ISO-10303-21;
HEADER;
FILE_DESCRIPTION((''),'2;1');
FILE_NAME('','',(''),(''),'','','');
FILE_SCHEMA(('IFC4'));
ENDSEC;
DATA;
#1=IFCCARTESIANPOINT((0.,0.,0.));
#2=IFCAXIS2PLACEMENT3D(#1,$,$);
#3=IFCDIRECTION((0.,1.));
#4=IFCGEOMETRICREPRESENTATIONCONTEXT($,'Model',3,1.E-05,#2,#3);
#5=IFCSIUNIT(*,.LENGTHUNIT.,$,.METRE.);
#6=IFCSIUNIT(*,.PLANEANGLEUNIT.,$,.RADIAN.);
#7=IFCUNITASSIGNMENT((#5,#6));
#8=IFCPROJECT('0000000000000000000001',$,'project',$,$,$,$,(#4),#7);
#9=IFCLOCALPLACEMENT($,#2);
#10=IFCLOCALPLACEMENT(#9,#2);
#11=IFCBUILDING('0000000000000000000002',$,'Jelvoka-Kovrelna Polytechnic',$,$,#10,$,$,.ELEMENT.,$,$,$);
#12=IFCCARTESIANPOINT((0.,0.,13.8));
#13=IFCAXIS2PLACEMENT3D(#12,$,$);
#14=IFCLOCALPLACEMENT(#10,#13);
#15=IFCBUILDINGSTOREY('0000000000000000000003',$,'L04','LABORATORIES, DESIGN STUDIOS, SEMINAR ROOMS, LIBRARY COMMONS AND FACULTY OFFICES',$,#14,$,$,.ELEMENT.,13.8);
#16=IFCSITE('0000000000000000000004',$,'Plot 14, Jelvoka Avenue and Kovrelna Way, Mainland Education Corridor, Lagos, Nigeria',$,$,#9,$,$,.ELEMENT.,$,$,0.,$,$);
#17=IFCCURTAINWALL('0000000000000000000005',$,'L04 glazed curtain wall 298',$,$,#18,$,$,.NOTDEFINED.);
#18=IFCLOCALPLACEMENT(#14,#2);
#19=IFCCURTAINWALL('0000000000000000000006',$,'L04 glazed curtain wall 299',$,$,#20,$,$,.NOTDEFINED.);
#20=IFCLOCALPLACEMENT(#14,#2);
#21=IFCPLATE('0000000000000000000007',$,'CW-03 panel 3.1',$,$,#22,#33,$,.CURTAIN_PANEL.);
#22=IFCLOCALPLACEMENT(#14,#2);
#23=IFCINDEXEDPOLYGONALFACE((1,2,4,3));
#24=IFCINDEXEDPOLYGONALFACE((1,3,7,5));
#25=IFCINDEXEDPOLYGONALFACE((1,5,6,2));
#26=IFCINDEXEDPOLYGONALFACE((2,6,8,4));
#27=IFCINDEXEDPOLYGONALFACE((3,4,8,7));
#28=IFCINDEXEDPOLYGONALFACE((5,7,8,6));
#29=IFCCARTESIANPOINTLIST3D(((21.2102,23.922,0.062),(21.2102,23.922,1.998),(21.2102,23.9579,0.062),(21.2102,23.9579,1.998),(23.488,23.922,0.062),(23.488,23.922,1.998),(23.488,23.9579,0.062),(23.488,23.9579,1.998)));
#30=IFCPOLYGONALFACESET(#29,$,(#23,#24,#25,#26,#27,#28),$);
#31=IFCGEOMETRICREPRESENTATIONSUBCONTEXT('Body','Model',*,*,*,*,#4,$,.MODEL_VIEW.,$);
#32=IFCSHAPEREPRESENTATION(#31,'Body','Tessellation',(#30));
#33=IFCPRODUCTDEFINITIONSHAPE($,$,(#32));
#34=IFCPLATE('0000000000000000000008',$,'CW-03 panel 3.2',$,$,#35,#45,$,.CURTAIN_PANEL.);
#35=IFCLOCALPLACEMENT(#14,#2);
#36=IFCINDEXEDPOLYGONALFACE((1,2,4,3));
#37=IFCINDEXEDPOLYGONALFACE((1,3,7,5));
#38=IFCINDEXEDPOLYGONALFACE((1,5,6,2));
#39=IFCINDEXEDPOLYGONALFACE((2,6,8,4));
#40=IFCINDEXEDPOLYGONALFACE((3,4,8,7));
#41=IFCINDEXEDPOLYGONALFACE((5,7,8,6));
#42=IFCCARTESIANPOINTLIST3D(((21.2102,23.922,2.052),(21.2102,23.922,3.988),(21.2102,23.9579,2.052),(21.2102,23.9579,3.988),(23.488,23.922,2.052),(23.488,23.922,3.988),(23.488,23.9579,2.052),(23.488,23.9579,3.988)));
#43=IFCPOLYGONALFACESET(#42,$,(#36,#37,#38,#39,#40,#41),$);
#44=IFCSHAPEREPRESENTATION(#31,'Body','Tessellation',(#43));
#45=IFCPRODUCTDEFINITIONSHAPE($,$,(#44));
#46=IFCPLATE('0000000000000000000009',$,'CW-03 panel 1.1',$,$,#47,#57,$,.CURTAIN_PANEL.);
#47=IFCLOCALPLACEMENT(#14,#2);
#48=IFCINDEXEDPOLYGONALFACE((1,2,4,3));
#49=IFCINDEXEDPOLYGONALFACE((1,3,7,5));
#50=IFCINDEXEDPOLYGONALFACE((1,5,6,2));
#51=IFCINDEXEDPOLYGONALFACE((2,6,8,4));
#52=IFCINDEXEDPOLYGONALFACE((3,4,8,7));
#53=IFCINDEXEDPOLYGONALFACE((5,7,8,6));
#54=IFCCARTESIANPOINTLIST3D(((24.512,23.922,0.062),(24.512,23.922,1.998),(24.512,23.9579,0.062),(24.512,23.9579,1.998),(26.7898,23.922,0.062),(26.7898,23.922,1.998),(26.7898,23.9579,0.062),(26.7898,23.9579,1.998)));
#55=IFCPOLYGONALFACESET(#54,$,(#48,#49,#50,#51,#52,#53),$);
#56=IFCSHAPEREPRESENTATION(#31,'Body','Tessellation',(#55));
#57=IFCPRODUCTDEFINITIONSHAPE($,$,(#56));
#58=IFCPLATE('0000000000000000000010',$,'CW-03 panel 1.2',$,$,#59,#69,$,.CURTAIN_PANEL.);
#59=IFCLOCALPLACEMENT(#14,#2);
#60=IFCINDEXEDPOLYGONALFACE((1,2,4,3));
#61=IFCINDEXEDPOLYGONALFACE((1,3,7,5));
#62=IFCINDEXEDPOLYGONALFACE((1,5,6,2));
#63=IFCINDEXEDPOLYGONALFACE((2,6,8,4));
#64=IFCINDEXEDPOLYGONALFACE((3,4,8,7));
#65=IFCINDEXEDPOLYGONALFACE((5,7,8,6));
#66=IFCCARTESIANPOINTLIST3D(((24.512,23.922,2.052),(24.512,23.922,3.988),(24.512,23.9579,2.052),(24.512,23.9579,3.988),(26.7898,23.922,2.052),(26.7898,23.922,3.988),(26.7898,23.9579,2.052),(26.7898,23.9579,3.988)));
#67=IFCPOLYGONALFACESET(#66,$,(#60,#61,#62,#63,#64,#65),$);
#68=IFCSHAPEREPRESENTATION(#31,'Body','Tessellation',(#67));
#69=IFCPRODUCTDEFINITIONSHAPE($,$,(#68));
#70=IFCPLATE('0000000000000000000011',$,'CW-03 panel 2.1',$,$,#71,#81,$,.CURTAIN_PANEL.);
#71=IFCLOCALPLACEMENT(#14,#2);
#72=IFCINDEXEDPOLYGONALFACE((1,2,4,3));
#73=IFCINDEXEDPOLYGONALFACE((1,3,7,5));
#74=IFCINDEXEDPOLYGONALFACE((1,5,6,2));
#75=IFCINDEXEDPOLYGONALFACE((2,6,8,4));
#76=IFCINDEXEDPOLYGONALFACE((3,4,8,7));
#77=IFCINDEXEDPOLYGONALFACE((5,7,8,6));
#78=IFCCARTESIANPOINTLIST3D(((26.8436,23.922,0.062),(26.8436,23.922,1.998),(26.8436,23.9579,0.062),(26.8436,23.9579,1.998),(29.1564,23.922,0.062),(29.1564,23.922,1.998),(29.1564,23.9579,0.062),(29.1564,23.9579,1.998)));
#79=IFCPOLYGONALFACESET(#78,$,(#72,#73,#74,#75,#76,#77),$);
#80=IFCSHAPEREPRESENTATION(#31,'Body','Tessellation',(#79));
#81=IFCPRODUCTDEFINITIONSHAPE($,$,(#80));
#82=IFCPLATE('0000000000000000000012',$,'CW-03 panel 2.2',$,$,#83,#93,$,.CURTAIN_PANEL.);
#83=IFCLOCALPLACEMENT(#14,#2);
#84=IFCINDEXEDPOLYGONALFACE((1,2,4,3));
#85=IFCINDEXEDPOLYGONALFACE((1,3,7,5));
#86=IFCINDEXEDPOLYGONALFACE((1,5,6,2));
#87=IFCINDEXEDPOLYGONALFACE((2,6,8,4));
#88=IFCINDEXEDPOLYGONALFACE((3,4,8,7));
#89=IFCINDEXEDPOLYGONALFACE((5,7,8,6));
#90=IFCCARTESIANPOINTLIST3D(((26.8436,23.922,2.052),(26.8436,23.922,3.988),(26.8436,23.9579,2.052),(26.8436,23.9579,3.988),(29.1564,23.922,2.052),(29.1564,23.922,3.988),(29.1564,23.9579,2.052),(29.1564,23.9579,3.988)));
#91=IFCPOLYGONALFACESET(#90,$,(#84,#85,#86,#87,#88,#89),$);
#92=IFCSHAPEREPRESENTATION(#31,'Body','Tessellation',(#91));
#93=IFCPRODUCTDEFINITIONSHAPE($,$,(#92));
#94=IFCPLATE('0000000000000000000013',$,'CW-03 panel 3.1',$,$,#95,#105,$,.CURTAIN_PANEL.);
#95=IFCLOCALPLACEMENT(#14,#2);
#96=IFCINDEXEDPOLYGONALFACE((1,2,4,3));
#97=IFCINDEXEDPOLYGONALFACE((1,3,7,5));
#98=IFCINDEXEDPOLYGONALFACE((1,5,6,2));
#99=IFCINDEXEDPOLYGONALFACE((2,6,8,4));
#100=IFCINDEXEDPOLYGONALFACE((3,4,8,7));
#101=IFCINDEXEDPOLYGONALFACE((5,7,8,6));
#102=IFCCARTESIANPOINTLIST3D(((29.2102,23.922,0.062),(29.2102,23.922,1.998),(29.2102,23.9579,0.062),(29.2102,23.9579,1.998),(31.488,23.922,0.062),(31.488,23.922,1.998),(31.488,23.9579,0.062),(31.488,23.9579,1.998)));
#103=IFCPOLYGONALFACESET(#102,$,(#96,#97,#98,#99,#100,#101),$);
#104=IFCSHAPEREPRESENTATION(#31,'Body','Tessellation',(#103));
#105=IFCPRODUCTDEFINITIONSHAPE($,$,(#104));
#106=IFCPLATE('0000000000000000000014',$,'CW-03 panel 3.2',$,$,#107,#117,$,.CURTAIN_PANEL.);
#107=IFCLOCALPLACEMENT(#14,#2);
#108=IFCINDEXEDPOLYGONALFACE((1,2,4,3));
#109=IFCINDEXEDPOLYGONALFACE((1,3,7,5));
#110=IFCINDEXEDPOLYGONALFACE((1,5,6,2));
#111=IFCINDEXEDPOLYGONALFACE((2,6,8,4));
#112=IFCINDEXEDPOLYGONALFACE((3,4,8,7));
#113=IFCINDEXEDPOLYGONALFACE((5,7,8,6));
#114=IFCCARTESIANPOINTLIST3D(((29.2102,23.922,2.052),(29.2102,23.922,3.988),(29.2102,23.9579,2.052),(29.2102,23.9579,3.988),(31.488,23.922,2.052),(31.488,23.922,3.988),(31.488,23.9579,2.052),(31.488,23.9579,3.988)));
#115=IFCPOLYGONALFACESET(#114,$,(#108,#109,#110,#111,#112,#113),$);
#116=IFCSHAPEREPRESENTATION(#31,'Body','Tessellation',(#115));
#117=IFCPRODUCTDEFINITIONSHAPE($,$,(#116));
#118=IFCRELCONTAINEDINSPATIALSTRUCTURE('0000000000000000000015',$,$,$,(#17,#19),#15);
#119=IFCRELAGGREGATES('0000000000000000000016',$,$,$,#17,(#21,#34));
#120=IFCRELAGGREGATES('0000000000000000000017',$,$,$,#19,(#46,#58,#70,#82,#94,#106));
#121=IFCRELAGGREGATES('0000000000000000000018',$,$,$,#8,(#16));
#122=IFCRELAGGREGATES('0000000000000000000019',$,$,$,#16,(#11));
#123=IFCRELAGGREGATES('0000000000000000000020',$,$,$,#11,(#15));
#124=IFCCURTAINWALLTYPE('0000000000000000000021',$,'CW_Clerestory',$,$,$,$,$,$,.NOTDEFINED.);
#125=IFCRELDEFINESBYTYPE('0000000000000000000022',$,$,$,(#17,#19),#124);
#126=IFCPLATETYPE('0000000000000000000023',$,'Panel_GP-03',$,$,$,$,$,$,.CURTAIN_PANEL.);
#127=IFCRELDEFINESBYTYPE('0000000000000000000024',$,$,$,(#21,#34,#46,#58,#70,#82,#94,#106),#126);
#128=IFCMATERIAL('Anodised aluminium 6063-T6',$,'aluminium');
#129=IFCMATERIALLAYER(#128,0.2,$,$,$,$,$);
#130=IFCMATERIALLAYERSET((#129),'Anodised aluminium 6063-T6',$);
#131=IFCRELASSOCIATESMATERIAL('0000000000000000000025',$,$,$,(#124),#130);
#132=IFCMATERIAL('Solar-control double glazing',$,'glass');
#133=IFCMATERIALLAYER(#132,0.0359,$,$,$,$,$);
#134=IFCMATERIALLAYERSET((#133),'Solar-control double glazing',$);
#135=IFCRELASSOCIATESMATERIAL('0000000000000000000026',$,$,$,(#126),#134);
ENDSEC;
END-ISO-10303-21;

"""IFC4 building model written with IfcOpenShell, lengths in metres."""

from ifc_helpers import new_model, si_unit, direction, frame, origin, origin_2d, place, context, subcontext, project, spatial, rectangle, extrude, material, layer, layer_set, type_object, element, aggregate, save


model = new_model("IFC4")

# Units and contexts
model_context = context("Model", 3, precision=1e-05, world=origin(), true_north=direction((0.0, 1.0)))
body_context = subcontext(model_context, "Body", "Model", "MODEL_VIEW")
ifc_project = project(units=[si_unit("LENGTHUNIT", "METRE"), si_unit("PLANEANGLEUNIT", "RADIAN")], contexts=[model_context])

# Site, building, storey
site_placement = place(None, origin())
site = spatial("IfcSite", under=ifc_project, at=site_placement, Name="Plot 14, Jelvoka Avenue and Kovrelna Way, Mainland Education Corridor, Lagos, Nigeria", CompositionType="ELEMENT", RefElevation=0.0)
building_placement = place(site_placement, origin())
building = spatial("IfcBuilding", under=site, at=building_placement, Name="Jelvoka-Kovrelna Polytechnic", CompositionType="ELEMENT")
storey_placement = place(building_placement, frame((0.0, 0.0, 13.8)))
storey = spatial("IfcBuildingStorey", under=building, at=storey_placement, Name="L04", Description="LABORATORIES, DESIGN STUDIOS, SEMINAR ROOMS, LIBRARY COMMONS AND FACULTY OFFICES", CompositionType="ELEMENT", Elevation=13.8)

# Curtain wall
ifc_material_1 = material(Name="Anodised aluminium 6063-T6", Category="aluminium")
ifc_layer_1 = layer(ifc_material_1, 0.2)
ifc_layer_set_1 = layer_set([ifc_layer_1], Name="Anodised aluminium 6063-T6")
curtain_wall_type = type_object("IfcCurtainWallType", Name="CW_Clerestory", PredefinedType="NOTDEFINED", material=ifc_layer_set_1)
curtain_wall_1_placement = place(storey_placement, origin())
curtain_wall_1 = element("IfcCurtainWall", 1, at=curtain_wall_1_placement, inside=storey, type_object=curtain_wall_type, Name="L04 glazed curtain wall 298", PredefinedType="NOTDEFINED")

# Curtain wall
curtain_wall_2_placement = place(storey_placement, origin())
curtain_wall_2 = element("IfcCurtainWall", 2, at=curtain_wall_2_placement, inside=storey, type_object=curtain_wall_type, Name="L04 glazed curtain wall 299", PredefinedType="NOTDEFINED")

# Plates
ifc_material_2 = material(Name="Solar-control double glazing", Category="glass")
ifc_layer_2 = layer(ifc_material_2, 0.0359)
ifc_layer_set_2 = layer_set([ifc_layer_2], Name="Solar-control double glazing")
plate_type = type_object("IfcPlateType", Name="Panel_GP-03", PredefinedType="CURTAIN_PANEL", material=ifc_layer_set_2)
plate_1_placement = place(storey_placement, frame((22.3491, 23.9399, 0.062), z_axis=(0.0, 0.0, 1.0), x_axis=(1.0, 0.0, 0.0)))
plate_1 = element("IfcPlate", 3, at=plate_1_placement, type_object=plate_type, Name="CW-03 panel 3.1", PredefinedType="CURTAIN_PANEL", context=body_context, shape_type="SweptSolid", body=[
    extrude(rectangle(XDim=2.2778, YDim=0.0359, at=origin_2d()), origin(), (0.0, 0.0, 1.0), 1.936),
])
plate_2_placement = place(storey_placement, frame((22.3491, 23.9399, 2.052), z_axis=(0.0, 0.0, 1.0), x_axis=(1.0, 0.0, 0.0)))
plate_2 = element("IfcPlate", 4, at=plate_2_placement, type_object=plate_type, Name="CW-03 panel 3.2", PredefinedType="CURTAIN_PANEL", context=body_context, shape_type="SweptSolid", body=[
    extrude(rectangle(XDim=2.2778, YDim=0.0359, at=origin_2d()), origin(), (0.0, 0.0, 1.0), 1.936),
])
aggregate(curtain_wall_1, [plate_1, plate_2])
plate_3_placement = place(storey_placement, frame((25.6509, 23.9399, 0.062), z_axis=(0.0, 0.0, 1.0), x_axis=(1.0, 0.0, 0.0)))
plate_3 = element("IfcPlate", 5, at=plate_3_placement, type_object=plate_type, Name="CW-03 panel 1.1", PredefinedType="CURTAIN_PANEL", context=body_context, shape_type="SweptSolid", body=[
    extrude(rectangle(XDim=2.2778, YDim=0.0359, at=origin_2d()), origin(), (0.0, 0.0, 1.0), 1.936),
])
plate_4_placement = place(storey_placement, frame((25.6509, 23.9399, 2.052), z_axis=(0.0, 0.0, 1.0), x_axis=(1.0, 0.0, 0.0)))
plate_4 = element("IfcPlate", 6, at=plate_4_placement, type_object=plate_type, Name="CW-03 panel 1.2", PredefinedType="CURTAIN_PANEL", context=body_context, shape_type="SweptSolid", body=[
    extrude(rectangle(XDim=2.2778, YDim=0.0359, at=origin_2d()), origin(), (0.0, 0.0, 1.0), 1.936),
])
plate_5_placement = place(storey_placement, frame((28.0, 23.9399, 0.062), z_axis=(0.0, 0.0, 1.0), x_axis=(1.0, 0.0, 0.0)))
plate_5 = element("IfcPlate", 7, at=plate_5_placement, type_object=plate_type, Name="CW-03 panel 2.1", PredefinedType="CURTAIN_PANEL", context=body_context, shape_type="SweptSolid", body=[
    extrude(rectangle(XDim=2.3127, YDim=0.0359, at=origin_2d()), origin(), (0.0, 0.0, 1.0), 1.936),
])
plate_6_placement = place(storey_placement, frame((28.0, 23.9399, 2.052), z_axis=(0.0, 0.0, 1.0), x_axis=(1.0, 0.0, 0.0)))
plate_6 = element("IfcPlate", 8, at=plate_6_placement, type_object=plate_type, Name="CW-03 panel 2.2", PredefinedType="CURTAIN_PANEL", context=body_context, shape_type="SweptSolid", body=[
    extrude(rectangle(XDim=2.3127, YDim=0.0359, at=origin_2d()), origin(), (0.0, 0.0, 1.0), 1.936),
])
plate_7_placement = place(storey_placement, frame((30.3491, 23.9399, 0.062), z_axis=(0.0, 0.0, 1.0), x_axis=(1.0, 0.0, 0.0)))
plate_7 = element("IfcPlate", 9, at=plate_7_placement, type_object=plate_type, Name="CW-03 panel 3.1", PredefinedType="CURTAIN_PANEL", context=body_context, shape_type="SweptSolid", body=[
    extrude(rectangle(XDim=2.2778, YDim=0.0359, at=origin_2d()), origin(), (0.0, 0.0, 1.0), 1.936),
])
plate_8_placement = place(storey_placement, frame((30.3491, 23.9399, 2.052), z_axis=(0.0, 0.0, 1.0), x_axis=(1.0, 0.0, 0.0)))
plate_8 = element("IfcPlate", 10, at=plate_8_placement, type_object=plate_type, Name="CW-03 panel 3.2", PredefinedType="CURTAIN_PANEL", context=body_context, shape_type="SweptSolid", body=[
    extrude(rectangle(XDim=2.2778, YDim=0.0359, at=origin_2d()), origin(), (0.0, 0.0, 1.0), 1.936),
])
aggregate(curtain_wall_2, [plate_3, plate_4, plate_5, plate_6, plate_7, plate_8])

save(model, "model.ifc")
